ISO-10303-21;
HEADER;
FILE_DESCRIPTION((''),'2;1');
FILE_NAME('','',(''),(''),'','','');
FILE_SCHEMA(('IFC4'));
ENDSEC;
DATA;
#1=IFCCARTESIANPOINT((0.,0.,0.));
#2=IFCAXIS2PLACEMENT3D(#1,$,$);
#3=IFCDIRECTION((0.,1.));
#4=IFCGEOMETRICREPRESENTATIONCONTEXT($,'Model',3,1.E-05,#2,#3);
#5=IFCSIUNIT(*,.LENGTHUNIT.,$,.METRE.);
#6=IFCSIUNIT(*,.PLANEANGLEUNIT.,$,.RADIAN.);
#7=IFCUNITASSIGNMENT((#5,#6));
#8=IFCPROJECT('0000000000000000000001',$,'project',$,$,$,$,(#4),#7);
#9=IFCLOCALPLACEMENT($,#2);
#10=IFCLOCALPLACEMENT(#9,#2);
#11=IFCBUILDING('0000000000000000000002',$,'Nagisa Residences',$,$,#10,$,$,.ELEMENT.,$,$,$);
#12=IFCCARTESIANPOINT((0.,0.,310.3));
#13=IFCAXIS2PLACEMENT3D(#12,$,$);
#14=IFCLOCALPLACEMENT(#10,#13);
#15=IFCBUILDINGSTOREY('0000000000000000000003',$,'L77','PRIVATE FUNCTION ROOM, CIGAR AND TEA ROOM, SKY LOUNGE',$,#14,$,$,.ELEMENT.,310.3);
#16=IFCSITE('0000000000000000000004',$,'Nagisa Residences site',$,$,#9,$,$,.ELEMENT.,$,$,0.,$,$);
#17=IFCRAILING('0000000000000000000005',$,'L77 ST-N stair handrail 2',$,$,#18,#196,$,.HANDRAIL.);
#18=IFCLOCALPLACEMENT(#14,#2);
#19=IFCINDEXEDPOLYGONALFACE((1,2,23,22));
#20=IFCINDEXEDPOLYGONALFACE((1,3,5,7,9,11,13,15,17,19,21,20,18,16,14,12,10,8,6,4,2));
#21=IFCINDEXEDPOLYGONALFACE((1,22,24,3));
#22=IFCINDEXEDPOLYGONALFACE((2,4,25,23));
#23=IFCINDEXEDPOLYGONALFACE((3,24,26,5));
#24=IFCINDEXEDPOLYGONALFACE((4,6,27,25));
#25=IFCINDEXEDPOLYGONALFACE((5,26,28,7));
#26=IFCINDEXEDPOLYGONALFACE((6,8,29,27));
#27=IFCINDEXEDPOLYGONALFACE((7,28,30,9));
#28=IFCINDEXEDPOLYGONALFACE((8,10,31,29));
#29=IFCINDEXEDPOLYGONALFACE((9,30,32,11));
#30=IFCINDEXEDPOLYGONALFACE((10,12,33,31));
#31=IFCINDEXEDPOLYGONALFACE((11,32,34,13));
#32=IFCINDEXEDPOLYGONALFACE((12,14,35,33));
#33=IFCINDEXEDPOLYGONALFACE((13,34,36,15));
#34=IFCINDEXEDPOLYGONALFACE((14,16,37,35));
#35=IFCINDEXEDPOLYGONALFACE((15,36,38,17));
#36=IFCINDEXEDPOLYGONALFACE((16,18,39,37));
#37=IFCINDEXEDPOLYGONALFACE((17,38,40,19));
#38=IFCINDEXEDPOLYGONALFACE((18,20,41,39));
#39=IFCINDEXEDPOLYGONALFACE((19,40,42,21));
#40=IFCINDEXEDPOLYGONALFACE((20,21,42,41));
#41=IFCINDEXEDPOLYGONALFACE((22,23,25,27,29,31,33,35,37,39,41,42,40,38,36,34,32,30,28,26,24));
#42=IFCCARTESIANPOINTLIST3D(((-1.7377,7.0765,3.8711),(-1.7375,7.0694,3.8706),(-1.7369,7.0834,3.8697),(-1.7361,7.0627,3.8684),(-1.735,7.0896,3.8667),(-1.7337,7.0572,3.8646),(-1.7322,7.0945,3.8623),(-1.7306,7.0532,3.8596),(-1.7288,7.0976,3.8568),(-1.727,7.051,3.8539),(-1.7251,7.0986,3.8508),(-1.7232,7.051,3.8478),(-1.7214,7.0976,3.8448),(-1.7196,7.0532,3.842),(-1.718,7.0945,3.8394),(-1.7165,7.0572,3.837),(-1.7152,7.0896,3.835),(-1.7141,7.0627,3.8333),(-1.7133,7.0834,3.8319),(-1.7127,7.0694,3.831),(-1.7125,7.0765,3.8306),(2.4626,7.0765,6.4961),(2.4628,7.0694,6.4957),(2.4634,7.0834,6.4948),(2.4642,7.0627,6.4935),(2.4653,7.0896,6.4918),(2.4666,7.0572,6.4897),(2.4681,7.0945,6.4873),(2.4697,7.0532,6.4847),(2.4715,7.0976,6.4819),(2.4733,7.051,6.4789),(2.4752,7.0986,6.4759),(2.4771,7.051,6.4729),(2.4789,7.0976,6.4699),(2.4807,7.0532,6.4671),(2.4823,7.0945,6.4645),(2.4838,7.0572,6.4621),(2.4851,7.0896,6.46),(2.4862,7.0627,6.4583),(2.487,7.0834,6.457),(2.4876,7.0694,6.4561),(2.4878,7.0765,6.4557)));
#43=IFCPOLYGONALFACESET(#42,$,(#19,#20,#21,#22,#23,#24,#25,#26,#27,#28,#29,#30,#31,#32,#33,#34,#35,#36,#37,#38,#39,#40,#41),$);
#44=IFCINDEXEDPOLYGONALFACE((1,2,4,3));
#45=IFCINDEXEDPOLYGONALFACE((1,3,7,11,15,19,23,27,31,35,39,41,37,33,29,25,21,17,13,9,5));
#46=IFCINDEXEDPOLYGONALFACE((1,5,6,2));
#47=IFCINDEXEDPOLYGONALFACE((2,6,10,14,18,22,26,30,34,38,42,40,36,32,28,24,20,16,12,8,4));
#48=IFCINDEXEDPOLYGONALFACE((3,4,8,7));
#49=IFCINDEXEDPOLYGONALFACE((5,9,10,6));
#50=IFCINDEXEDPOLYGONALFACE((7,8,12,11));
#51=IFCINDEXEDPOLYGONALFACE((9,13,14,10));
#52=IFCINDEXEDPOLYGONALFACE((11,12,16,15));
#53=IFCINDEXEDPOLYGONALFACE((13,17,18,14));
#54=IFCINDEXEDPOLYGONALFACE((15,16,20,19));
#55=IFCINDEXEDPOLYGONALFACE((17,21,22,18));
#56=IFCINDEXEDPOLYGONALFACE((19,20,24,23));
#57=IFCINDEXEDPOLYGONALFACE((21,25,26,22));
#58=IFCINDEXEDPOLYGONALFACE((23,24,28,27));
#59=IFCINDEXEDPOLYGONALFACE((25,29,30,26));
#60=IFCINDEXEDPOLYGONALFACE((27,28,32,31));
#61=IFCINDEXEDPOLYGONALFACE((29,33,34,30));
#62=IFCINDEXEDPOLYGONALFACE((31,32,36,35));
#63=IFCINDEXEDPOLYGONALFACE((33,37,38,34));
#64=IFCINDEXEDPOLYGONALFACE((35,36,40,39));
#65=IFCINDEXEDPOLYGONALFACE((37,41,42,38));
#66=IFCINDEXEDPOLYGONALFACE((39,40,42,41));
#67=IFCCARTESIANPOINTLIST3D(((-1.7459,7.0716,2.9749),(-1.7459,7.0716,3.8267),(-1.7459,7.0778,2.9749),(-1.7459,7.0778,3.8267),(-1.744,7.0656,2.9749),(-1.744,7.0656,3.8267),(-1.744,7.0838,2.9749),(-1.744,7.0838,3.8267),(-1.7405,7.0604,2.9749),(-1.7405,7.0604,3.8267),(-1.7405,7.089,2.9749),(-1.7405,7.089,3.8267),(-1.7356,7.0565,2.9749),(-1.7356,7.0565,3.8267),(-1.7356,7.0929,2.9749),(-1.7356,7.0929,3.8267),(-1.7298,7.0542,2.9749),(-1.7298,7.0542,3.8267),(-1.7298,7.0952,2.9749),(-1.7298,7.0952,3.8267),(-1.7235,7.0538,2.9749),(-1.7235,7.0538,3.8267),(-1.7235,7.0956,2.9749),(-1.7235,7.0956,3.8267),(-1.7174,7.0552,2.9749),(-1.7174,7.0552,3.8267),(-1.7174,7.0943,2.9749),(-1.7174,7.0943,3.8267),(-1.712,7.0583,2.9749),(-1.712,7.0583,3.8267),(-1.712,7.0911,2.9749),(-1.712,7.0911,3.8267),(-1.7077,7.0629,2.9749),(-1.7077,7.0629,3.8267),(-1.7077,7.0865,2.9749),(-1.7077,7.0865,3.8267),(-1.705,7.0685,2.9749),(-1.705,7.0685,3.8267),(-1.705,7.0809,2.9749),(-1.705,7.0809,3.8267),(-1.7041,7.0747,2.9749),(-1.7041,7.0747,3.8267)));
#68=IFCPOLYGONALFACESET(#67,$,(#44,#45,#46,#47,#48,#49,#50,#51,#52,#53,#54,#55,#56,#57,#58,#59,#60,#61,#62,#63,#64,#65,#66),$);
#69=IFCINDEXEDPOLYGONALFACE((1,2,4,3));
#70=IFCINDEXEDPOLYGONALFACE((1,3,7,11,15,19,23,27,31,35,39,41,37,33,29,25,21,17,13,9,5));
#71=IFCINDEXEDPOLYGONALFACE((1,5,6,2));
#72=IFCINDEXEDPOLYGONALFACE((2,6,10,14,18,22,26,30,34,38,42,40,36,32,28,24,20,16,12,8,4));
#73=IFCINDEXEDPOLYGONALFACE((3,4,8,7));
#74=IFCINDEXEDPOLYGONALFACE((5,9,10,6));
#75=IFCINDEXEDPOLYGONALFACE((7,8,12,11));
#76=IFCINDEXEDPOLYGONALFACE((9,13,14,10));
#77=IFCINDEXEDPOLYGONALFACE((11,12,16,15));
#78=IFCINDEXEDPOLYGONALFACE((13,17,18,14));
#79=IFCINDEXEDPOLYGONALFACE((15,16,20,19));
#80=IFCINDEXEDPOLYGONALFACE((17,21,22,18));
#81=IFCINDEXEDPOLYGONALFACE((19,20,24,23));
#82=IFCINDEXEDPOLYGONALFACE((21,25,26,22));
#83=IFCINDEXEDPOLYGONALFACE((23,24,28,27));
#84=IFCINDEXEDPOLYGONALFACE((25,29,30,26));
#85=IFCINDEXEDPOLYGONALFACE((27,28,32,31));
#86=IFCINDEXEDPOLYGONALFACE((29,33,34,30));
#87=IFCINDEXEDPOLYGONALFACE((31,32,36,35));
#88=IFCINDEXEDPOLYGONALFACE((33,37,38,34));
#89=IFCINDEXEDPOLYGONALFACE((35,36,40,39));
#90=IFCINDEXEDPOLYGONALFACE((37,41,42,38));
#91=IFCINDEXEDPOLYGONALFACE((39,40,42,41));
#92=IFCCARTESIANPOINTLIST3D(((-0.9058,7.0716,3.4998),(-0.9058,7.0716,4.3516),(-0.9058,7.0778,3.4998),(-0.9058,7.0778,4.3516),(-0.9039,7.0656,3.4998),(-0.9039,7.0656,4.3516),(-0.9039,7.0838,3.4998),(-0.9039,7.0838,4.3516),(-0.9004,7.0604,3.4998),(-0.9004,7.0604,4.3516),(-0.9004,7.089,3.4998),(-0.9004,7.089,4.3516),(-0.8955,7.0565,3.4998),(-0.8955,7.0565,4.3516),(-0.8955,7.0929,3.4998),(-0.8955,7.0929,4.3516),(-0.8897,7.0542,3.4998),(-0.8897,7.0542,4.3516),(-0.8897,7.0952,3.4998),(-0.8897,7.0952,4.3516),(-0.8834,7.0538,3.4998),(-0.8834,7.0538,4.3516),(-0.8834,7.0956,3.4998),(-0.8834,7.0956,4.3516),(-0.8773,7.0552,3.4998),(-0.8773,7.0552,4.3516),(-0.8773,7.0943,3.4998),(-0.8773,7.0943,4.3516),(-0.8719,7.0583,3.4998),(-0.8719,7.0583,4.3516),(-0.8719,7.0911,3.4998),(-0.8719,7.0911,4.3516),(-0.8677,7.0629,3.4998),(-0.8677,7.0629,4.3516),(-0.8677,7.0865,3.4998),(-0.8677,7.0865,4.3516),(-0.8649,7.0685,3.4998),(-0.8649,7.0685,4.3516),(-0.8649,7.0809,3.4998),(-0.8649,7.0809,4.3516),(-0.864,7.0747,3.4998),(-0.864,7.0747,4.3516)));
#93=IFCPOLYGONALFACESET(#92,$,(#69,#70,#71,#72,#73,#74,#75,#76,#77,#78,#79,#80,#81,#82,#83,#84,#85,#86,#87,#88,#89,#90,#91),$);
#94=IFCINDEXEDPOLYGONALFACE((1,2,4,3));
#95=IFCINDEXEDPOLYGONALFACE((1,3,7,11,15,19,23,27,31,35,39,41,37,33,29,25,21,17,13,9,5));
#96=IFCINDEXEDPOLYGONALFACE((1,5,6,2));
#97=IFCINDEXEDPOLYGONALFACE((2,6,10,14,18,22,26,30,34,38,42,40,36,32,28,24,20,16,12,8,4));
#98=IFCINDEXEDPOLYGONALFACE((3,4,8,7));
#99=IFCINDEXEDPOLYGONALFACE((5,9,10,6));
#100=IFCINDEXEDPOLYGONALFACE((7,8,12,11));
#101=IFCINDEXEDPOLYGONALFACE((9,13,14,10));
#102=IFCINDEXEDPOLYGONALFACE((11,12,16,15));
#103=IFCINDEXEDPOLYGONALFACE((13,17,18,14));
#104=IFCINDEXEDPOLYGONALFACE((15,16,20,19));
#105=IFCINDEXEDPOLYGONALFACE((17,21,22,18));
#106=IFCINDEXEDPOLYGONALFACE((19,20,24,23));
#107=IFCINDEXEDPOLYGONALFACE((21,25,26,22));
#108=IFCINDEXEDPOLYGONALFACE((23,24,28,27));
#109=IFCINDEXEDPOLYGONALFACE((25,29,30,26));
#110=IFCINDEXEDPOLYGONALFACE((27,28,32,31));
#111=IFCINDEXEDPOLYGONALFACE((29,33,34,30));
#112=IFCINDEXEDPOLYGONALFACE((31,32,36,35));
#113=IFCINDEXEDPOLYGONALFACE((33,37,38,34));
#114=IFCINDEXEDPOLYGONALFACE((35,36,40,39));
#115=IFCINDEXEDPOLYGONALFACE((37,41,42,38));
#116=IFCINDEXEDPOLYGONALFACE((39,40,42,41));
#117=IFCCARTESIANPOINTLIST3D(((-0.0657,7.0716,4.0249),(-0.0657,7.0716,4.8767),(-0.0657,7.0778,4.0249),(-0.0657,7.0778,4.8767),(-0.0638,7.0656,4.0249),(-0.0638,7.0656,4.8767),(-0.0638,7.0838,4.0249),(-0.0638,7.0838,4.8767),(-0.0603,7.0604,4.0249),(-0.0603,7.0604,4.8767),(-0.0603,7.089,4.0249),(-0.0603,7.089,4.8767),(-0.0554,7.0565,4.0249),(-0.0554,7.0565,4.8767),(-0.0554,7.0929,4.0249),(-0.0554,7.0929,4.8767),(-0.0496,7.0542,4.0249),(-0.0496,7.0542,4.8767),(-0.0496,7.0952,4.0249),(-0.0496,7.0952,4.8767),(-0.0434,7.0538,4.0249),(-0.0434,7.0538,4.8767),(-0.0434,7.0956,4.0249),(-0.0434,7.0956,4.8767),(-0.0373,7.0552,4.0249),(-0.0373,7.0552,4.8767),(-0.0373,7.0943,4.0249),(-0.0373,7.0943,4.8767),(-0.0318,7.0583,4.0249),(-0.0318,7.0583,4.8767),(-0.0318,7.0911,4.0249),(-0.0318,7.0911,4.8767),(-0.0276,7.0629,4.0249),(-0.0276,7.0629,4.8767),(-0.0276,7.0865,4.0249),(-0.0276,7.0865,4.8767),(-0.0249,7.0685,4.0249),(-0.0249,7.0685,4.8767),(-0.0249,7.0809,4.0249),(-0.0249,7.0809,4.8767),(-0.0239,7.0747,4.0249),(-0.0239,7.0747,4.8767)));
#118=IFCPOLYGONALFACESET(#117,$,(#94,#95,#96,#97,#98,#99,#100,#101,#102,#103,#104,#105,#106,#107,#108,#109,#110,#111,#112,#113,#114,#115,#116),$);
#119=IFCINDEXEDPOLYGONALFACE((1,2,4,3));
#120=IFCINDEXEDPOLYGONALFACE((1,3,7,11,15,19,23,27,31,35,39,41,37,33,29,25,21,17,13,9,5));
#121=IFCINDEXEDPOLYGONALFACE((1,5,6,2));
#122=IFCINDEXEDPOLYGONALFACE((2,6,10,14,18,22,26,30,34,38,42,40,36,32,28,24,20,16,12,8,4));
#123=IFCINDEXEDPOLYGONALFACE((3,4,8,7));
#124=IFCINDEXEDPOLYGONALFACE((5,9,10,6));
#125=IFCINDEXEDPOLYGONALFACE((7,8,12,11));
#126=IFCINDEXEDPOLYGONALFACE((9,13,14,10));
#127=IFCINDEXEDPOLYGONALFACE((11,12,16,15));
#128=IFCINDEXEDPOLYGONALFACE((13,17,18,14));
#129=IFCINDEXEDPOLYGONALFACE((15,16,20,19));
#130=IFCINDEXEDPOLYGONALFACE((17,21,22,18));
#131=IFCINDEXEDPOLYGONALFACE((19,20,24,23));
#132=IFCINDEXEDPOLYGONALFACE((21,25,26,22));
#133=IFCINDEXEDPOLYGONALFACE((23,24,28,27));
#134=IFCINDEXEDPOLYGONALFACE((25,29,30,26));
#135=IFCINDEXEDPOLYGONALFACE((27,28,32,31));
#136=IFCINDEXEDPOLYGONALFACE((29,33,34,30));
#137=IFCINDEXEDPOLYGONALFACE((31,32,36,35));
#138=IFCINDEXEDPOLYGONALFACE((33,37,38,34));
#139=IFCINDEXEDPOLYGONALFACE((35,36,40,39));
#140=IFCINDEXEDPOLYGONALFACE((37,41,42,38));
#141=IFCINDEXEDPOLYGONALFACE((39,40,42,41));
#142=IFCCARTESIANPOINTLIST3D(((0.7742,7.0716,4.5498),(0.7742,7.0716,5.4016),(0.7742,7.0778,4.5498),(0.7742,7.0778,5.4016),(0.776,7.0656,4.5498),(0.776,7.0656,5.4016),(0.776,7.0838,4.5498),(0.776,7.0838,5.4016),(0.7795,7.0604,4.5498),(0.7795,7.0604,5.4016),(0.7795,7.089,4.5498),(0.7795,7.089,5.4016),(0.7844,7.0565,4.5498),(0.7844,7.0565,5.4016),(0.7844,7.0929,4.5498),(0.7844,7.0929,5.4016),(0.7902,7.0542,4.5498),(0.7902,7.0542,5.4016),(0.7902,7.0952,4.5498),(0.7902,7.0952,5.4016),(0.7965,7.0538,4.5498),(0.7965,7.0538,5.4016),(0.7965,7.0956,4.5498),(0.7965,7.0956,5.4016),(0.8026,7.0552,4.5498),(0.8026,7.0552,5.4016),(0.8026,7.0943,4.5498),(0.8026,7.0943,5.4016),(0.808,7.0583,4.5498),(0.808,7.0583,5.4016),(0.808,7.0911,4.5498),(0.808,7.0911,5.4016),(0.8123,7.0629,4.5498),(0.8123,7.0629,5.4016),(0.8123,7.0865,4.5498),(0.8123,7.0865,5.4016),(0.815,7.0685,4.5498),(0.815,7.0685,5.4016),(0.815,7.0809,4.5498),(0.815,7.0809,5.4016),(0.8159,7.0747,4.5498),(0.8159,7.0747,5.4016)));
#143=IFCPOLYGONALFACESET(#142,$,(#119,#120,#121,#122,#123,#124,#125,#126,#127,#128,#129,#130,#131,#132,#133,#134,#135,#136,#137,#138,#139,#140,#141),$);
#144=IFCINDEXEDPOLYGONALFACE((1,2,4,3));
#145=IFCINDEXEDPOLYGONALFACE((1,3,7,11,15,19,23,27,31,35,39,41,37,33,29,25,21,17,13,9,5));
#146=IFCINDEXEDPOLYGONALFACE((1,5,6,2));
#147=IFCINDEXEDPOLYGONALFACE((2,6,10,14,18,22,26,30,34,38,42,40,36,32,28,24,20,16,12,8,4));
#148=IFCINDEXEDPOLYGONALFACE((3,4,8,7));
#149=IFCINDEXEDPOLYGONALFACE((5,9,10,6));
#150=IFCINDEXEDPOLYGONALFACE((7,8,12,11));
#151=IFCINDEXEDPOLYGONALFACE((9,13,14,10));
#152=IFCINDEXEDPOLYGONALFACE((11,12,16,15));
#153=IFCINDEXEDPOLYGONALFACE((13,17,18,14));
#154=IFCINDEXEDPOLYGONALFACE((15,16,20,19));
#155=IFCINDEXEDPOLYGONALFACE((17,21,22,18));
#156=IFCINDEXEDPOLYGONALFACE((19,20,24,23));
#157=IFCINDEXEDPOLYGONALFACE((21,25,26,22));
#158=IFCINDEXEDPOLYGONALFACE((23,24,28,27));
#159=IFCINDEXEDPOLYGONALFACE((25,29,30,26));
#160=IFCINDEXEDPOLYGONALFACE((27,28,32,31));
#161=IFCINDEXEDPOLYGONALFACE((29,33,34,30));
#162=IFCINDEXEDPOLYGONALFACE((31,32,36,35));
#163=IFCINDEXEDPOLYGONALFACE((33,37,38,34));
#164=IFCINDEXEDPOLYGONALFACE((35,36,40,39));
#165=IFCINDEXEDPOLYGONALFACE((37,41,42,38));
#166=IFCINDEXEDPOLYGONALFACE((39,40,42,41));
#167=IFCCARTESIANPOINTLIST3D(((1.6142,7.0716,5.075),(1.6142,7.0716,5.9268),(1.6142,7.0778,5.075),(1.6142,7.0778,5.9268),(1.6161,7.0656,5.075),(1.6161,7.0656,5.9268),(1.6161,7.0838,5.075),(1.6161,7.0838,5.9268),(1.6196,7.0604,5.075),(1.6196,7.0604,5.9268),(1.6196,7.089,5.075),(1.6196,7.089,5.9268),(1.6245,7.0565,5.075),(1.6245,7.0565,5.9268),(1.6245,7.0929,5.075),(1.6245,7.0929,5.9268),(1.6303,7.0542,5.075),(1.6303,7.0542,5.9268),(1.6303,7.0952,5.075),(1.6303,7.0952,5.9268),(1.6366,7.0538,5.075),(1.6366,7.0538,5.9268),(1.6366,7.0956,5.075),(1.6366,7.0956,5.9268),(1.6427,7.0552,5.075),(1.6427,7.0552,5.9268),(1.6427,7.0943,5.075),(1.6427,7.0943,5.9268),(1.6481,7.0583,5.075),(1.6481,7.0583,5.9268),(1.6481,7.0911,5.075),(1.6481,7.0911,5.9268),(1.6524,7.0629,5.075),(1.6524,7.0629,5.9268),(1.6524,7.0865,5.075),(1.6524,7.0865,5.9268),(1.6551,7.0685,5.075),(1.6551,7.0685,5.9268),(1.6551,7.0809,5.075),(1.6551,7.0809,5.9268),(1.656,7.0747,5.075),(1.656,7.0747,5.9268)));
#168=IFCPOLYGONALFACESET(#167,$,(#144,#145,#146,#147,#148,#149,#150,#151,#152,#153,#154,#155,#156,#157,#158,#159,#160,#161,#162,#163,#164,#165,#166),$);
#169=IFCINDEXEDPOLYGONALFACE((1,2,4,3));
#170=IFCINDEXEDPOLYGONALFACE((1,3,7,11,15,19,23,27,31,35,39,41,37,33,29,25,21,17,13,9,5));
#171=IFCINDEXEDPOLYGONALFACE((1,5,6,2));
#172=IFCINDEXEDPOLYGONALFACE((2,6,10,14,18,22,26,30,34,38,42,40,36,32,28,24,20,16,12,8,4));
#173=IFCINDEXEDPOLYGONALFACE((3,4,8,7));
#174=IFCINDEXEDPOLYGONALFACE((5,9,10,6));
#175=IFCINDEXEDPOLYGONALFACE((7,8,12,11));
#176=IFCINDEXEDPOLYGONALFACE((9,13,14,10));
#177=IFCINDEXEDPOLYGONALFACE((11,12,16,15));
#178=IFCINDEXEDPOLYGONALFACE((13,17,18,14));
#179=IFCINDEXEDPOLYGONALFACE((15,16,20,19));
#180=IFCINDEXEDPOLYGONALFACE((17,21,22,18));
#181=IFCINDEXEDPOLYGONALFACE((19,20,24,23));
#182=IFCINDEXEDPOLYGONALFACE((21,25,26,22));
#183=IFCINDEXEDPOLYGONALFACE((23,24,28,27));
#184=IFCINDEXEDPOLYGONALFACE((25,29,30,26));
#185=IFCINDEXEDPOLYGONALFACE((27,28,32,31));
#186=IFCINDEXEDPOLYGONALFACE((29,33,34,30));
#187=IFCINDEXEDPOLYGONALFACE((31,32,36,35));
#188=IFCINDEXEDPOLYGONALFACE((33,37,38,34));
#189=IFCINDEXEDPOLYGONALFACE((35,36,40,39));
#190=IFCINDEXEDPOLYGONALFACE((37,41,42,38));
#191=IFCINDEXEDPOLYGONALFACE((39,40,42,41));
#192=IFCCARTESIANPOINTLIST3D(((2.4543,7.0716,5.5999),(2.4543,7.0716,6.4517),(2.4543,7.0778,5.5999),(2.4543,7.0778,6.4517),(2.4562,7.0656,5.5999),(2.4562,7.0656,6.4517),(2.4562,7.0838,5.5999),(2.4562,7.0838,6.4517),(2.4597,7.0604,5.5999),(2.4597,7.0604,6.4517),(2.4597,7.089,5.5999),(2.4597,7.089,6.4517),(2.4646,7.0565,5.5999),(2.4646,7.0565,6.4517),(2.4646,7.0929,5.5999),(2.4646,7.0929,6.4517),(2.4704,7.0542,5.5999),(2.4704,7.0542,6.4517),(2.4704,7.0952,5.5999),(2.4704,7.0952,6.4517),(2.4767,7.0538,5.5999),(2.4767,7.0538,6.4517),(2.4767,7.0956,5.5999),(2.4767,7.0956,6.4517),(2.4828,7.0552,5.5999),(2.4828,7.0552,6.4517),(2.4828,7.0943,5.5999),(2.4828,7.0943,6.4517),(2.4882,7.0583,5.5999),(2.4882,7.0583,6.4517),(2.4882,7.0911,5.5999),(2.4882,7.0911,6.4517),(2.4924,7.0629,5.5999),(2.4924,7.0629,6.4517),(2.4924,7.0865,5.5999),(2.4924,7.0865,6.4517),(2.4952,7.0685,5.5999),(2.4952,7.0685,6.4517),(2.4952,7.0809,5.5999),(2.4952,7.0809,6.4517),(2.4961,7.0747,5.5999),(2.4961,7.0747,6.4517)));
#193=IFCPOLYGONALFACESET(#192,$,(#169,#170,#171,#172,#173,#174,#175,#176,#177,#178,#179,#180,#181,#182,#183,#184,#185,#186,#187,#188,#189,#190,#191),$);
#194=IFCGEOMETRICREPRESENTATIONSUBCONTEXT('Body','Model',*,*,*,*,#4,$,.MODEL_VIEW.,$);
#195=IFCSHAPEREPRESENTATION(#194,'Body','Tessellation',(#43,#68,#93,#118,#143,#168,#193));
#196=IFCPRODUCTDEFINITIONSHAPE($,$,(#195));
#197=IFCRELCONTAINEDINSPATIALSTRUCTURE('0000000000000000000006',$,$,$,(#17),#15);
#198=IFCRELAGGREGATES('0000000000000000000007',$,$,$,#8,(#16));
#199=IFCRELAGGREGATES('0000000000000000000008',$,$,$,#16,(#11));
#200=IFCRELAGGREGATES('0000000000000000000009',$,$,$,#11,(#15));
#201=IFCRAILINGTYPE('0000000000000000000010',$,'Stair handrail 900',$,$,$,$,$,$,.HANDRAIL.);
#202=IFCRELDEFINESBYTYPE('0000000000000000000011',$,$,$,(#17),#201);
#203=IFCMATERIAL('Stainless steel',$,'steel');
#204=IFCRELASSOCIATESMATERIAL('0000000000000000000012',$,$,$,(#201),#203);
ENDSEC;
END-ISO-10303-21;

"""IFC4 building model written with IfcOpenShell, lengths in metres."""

from ifc_helpers import new_model, si_unit, direction, frame, origin, origin_2d, place, context, subcontext, project, spatial, circle, extrude, material, type_object, element, save


model = new_model("IFC4")

# Units and contexts
model_context = context("Model", 3, precision=1e-05, world=origin(), true_north=direction((0.0, 1.0)))
body_context = subcontext(model_context, "Body", "Model", "MODEL_VIEW")
ifc_project = project(units=[si_unit("LENGTHUNIT", "METRE"), si_unit("PLANEANGLEUNIT", "RADIAN")], contexts=[model_context])

# Site, building, storey
site_placement = place(None, origin())
site = spatial("IfcSite", under=ifc_project, at=site_placement, Name="Nagisa Residences site", CompositionType="ELEMENT", RefElevation=0.0)
building_placement = place(site_placement, origin())
building = spatial("IfcBuilding", under=site, at=building_placement, Name="Nagisa Residences", CompositionType="ELEMENT")
storey_placement = place(building_placement, frame((0.0, 0.0, 310.3)))
storey = spatial("IfcBuildingStorey", under=building, at=storey_placement, Name="L77", Description="PRIVATE FUNCTION ROOM, CIGAR AND TEA ROOM, SKY LOUNGE", CompositionType="ELEMENT", Elevation=310.3)

# Railing
ifc_material_1 = material(Name="Stainless steel", Category="steel")
railing_type = type_object("IfcRailingType", Name="Stair handrail 900", PredefinedType="HANDRAIL", material=ifc_material_1)
railing_placement = place(storey_placement, frame((-1.7251, 7.0747, 2.9749)))
element("IfcRailing", 1, at=railing_placement, inside=storey, type_object=railing_type, Name="L77 ST-N stair handrail 2", PredefinedType="HANDRAIL", context=body_context, shape_type="SweptSolid", body=[
    extrude(circle(Radius=0.0239, at=origin_2d()), frame((0.0, 0.0, 0.876), z_axis=(0.848009, 0.0, 0.529981), x_axis=(0.0, 1.0, 0.0)), (0.0, 0.0, 1.0), 4.9531),
    extrude(circle(Radius=0.021, at=origin_2d()), origin(), (0.0, 0.0, 1.0), 0.8518),
    extrude(circle(Radius=0.021, at=origin_2d()), frame((0.8401, 0.0, 0.5249)), (0.0, 0.0, 1.0), 0.8518),
    extrude(circle(Radius=0.021, at=origin_2d()), frame((1.6802, 0.0, 1.05)), (0.0, 0.0, 1.0), 0.8518),
    extrude(circle(Radius=0.021, at=origin_2d()), frame((2.52, 0.0, 1.575)), (0.0, 0.0, 1.0), 0.8518),
    extrude(circle(Radius=0.021, at=origin_2d()), frame((3.3601, 0.0, 2.1001)), (0.0, 0.0, 1.0), 0.8518),
    extrude(circle(Radius=0.021, at=origin_2d()), frame((4.2002, 0.0, 2.625)), (0.0, 0.0, 1.0), 0.8518),
])

save(model, "model.ifc")
